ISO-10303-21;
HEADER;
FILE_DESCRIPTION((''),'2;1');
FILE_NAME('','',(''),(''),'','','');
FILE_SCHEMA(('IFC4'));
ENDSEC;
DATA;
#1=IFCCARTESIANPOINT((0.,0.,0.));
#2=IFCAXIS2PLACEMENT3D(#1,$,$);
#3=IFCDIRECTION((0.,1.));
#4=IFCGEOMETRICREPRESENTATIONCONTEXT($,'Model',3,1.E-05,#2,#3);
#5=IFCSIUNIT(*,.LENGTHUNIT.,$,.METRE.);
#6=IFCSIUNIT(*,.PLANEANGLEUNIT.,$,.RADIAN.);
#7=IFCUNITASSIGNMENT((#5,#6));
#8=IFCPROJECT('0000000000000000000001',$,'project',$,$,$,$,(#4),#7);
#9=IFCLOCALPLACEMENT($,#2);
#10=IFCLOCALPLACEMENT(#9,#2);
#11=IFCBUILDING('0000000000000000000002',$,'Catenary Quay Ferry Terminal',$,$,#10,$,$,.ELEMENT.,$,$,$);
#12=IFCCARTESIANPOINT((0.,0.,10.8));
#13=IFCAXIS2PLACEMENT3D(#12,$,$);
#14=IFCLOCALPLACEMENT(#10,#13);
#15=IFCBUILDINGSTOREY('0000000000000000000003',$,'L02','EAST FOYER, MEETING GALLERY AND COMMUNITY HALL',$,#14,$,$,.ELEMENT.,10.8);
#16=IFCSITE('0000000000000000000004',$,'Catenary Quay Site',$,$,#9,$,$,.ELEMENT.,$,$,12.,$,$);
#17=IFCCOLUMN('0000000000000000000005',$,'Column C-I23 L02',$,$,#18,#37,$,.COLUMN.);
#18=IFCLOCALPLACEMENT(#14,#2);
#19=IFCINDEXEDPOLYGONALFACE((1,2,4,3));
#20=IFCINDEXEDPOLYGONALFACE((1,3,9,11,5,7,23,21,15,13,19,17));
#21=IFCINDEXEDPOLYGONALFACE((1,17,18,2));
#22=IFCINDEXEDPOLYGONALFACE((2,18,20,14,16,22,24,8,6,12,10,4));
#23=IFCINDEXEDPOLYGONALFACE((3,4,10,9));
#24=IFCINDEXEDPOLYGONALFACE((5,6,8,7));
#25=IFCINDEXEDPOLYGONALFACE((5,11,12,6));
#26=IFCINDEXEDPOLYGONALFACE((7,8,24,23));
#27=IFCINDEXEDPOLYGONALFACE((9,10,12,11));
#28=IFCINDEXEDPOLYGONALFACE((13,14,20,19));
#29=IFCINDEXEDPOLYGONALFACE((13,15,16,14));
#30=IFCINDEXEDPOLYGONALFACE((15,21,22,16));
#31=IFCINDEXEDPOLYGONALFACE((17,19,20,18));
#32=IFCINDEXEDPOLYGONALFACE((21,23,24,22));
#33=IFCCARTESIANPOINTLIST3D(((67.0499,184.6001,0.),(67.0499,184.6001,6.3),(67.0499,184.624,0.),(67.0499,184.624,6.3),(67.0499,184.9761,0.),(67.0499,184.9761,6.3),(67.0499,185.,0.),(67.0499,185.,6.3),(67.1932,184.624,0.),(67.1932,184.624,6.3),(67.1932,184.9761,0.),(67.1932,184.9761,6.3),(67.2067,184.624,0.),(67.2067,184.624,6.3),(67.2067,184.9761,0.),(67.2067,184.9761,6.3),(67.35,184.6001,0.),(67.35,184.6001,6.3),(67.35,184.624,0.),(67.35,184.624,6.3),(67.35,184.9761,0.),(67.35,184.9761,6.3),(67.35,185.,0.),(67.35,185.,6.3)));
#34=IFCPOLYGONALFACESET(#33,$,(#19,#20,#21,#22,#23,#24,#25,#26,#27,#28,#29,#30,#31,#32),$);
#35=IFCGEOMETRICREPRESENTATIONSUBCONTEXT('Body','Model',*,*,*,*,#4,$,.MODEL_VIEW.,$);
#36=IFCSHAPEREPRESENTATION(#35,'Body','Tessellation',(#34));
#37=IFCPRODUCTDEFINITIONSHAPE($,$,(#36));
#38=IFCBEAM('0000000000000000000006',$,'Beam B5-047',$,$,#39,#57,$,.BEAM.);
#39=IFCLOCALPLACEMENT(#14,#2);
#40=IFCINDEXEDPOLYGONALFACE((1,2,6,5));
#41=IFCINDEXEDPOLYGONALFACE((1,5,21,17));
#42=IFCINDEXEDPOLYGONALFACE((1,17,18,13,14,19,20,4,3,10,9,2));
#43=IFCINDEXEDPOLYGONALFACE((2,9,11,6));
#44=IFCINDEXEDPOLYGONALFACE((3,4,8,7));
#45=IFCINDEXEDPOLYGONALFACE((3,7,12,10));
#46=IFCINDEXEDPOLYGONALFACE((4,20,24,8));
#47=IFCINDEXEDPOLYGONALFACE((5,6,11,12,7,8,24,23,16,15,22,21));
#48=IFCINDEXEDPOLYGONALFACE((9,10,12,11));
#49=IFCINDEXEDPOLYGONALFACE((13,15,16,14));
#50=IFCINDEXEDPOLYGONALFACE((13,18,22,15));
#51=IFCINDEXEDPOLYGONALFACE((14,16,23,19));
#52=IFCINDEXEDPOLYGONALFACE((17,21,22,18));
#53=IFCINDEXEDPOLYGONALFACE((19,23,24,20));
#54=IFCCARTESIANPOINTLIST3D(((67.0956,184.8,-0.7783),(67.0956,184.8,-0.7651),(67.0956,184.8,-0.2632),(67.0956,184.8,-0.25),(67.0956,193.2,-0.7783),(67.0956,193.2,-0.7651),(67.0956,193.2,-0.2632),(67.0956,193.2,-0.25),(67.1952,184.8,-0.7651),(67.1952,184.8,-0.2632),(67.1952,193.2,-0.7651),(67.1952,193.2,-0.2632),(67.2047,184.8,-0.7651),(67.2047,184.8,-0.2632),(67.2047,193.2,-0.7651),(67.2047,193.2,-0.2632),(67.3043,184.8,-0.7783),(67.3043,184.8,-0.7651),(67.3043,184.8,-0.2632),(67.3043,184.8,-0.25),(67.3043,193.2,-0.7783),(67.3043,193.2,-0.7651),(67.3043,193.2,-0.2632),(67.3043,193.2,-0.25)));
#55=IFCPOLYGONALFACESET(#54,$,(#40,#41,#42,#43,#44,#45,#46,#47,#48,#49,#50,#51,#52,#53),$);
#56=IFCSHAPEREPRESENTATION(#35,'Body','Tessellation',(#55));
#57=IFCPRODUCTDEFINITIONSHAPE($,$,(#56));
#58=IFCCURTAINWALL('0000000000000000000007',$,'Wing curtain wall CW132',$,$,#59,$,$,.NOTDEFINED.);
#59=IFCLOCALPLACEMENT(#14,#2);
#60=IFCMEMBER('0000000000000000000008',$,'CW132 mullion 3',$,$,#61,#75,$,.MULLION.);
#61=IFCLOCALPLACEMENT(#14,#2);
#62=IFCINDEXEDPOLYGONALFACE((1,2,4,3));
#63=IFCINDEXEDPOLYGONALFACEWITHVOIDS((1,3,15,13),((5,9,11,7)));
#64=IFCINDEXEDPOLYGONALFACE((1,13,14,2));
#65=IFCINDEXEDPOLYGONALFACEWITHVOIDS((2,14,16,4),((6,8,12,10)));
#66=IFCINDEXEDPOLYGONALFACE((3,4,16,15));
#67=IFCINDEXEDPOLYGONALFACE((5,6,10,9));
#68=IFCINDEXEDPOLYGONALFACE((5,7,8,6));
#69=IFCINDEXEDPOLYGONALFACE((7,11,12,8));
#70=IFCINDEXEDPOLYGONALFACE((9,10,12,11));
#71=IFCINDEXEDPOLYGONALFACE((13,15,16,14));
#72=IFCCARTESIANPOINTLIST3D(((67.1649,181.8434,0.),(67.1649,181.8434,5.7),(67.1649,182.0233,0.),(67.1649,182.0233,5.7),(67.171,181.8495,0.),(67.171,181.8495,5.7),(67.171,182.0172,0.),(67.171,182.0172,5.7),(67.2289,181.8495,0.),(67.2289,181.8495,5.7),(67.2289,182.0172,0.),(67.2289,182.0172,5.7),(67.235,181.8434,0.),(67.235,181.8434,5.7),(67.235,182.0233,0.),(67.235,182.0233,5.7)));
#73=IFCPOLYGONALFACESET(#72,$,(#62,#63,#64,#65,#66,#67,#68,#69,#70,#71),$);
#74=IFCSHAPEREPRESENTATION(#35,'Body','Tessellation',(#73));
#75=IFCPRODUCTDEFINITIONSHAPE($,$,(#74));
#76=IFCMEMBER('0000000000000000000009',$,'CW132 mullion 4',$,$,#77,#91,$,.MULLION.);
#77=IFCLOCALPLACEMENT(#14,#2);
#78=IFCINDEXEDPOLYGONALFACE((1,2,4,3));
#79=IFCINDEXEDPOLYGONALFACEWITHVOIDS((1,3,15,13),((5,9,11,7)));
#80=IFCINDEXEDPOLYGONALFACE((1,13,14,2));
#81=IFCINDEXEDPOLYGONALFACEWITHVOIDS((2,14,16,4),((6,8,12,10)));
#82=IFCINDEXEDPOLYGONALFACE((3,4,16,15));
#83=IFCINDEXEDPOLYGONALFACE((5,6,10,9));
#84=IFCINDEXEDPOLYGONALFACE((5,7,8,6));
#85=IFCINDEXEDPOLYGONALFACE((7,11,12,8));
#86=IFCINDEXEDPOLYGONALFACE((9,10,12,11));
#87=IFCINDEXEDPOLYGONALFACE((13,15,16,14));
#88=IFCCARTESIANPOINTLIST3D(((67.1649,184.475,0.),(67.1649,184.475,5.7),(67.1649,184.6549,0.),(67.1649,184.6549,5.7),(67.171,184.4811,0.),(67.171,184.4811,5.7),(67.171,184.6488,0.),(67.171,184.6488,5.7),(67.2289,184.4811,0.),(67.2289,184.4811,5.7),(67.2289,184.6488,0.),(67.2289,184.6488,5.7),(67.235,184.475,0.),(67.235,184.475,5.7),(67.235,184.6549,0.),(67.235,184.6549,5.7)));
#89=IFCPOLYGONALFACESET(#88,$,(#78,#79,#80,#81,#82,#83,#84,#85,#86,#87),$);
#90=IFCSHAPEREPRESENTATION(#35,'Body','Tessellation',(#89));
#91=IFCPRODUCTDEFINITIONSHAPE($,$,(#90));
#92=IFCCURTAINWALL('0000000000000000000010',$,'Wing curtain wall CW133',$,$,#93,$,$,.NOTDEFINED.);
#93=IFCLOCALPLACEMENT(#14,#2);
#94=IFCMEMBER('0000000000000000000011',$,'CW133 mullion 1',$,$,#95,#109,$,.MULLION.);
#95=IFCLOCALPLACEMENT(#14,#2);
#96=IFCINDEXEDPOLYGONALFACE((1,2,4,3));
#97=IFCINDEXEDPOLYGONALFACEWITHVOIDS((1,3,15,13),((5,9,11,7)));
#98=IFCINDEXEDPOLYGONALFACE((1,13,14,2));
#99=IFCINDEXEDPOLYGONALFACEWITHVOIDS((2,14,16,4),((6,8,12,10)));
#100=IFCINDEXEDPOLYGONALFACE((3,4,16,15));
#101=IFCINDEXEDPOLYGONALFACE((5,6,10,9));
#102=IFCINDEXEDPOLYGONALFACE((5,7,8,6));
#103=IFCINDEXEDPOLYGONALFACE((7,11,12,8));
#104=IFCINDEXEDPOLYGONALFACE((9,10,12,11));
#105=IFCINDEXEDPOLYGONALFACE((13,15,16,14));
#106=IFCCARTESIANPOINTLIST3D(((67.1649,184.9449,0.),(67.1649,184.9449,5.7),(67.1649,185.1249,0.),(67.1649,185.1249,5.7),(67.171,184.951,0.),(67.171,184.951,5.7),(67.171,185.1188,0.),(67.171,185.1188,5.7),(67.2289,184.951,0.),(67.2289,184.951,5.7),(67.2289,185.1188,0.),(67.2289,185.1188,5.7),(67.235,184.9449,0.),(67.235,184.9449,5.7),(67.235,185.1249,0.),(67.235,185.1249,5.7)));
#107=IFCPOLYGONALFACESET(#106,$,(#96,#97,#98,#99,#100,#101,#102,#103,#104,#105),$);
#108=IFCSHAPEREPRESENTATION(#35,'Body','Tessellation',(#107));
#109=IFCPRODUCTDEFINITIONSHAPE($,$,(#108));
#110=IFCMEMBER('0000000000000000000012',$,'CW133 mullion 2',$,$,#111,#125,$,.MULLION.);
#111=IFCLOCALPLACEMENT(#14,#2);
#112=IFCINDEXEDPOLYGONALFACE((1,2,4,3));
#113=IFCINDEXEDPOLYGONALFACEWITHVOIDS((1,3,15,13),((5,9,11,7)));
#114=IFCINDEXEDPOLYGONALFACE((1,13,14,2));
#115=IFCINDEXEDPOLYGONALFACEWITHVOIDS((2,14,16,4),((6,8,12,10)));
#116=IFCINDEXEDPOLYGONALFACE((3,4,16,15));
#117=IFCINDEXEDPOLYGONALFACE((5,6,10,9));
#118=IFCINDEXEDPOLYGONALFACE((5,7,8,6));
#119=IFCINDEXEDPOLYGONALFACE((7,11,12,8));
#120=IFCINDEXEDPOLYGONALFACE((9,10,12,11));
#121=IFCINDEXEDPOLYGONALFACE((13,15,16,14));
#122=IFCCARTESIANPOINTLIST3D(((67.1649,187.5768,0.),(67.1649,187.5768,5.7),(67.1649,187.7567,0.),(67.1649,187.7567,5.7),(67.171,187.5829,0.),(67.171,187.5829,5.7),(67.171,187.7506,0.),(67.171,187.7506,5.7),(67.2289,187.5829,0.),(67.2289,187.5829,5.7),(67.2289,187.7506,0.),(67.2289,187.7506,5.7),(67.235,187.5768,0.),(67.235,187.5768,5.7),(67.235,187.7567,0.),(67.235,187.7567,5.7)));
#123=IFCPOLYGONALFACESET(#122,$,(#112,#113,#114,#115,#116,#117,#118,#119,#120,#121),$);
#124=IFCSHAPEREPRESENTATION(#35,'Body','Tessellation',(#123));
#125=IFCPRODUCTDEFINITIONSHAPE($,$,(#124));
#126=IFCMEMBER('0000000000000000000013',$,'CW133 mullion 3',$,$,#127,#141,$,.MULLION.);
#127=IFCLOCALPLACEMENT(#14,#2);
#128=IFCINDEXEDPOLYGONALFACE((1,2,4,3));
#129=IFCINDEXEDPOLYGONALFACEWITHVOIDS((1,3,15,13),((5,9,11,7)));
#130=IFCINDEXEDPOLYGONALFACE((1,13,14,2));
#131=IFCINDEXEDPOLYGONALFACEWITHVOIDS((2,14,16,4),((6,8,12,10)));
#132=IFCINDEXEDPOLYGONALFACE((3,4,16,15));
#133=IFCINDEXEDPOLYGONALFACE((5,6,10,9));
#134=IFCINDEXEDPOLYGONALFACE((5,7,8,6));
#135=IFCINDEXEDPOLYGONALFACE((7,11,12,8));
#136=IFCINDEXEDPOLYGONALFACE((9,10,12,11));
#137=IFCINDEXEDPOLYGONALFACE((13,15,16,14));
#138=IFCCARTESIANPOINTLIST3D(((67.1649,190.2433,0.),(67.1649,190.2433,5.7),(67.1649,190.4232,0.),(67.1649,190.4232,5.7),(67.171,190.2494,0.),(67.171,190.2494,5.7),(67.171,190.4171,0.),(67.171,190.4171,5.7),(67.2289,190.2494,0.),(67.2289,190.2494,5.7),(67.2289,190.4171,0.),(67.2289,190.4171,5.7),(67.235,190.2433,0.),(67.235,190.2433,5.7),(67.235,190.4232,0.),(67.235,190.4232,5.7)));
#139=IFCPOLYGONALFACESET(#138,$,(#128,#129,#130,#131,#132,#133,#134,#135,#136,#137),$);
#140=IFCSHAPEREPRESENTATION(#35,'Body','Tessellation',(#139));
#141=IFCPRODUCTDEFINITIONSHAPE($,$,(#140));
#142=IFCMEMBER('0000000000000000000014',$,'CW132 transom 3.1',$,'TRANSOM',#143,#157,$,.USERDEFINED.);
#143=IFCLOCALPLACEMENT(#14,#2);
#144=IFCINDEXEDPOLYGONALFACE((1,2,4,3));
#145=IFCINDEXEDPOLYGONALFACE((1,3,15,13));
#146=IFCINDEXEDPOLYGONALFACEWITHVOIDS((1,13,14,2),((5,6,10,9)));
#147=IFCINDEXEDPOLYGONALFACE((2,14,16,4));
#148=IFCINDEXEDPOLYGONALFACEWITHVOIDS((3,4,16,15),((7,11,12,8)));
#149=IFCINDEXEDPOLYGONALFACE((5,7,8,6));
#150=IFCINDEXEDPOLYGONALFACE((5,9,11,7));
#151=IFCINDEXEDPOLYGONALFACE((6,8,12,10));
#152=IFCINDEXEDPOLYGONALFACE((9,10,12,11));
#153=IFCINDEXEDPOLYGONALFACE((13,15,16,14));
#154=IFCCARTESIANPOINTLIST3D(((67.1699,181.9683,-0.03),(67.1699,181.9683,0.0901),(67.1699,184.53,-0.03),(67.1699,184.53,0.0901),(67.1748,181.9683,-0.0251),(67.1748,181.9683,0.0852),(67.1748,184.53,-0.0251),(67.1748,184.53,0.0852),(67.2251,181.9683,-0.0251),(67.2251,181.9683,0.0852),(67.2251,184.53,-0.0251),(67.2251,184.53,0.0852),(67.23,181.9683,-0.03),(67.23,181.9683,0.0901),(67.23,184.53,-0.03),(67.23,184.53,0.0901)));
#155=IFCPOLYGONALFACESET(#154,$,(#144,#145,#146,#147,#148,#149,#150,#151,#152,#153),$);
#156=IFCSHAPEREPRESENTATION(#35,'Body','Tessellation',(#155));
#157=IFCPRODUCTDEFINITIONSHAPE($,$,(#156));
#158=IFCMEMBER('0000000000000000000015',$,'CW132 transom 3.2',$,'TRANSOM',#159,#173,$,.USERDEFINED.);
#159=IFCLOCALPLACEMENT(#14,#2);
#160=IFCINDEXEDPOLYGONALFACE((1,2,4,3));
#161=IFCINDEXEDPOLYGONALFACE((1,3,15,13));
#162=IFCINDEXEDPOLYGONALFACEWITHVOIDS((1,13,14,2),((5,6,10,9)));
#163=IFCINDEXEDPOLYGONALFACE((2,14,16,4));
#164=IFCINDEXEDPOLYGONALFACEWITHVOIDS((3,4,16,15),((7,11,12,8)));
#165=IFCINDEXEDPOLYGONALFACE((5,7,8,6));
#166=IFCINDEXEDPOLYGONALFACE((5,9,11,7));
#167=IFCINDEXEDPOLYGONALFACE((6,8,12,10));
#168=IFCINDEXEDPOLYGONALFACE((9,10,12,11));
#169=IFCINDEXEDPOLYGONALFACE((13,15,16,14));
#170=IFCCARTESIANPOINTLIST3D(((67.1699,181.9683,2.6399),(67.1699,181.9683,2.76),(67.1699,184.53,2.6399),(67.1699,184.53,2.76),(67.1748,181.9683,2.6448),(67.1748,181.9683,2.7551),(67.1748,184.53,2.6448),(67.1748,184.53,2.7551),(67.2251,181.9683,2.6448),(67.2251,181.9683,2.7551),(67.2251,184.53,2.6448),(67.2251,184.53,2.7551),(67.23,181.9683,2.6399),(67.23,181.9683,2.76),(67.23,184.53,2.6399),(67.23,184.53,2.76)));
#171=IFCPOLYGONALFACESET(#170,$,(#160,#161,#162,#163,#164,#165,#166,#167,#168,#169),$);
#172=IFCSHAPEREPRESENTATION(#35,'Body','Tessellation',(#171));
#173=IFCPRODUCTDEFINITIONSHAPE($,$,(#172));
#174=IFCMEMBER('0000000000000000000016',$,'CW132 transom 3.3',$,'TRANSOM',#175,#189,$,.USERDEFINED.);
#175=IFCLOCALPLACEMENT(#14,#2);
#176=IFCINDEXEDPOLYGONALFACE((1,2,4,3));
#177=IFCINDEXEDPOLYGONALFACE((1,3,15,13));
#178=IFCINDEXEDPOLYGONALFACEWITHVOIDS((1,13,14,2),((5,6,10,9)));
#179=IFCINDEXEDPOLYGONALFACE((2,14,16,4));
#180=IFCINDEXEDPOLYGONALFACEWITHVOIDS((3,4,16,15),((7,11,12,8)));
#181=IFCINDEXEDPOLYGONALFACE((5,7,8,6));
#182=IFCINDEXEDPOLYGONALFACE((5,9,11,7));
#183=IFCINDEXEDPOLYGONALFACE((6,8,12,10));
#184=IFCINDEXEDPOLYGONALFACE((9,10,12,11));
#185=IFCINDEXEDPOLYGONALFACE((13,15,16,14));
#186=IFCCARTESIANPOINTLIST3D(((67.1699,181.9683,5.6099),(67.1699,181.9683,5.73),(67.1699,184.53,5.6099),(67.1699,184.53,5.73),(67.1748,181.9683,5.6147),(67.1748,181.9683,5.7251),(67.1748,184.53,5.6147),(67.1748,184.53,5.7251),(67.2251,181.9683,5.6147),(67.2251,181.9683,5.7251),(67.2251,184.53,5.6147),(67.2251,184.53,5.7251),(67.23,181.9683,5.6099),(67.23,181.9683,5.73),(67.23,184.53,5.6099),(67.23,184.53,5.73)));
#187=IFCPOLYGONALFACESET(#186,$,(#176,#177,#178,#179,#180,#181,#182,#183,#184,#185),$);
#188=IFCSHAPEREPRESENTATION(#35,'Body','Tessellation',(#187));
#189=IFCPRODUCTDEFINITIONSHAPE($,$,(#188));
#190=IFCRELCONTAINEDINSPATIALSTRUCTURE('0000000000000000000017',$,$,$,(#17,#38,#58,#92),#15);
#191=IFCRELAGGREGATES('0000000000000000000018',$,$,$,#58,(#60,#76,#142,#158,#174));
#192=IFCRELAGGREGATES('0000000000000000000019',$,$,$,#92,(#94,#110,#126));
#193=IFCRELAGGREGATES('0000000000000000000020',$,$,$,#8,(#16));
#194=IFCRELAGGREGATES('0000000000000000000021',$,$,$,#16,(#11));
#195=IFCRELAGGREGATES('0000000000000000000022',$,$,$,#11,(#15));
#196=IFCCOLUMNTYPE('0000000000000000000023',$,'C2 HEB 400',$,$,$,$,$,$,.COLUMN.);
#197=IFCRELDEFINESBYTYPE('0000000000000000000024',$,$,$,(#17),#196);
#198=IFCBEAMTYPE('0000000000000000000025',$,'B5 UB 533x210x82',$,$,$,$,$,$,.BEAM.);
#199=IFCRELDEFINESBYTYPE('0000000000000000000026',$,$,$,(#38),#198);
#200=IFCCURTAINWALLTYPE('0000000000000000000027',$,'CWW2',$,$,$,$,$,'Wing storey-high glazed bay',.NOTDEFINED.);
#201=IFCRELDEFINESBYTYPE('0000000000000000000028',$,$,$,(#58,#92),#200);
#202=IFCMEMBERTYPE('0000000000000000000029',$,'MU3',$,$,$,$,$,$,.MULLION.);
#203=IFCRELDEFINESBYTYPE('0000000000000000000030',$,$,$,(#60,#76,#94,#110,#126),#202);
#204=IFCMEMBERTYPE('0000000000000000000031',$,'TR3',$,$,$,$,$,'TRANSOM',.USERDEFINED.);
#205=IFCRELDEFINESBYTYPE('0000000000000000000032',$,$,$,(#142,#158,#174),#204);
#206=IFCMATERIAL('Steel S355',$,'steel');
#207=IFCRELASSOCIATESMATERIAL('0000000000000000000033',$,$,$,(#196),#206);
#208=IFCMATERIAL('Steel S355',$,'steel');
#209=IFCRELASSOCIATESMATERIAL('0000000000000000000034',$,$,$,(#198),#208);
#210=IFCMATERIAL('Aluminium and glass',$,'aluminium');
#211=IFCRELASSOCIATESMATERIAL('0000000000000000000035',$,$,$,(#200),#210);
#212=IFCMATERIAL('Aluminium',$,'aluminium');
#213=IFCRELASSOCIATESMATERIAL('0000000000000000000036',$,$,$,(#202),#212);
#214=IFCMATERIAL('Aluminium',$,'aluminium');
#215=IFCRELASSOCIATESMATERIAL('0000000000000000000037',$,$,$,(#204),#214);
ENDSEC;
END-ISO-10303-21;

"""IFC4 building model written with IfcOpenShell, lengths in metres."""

from ifc_helpers import new_model, si_unit, direction, frame, origin, origin_2d, place, context, subcontext, project, spatial, hollow_rectangle, i_section, extrude, material, material_profile, profile_set, type_object, element, aggregate, save


model = new_model("IFC4")

# Units and contexts
model_context = context("Model", 3, precision=1e-05, world=origin(), true_north=direction((0.0, 1.0)))
body_context = subcontext(model_context, "Body", "Model", "MODEL_VIEW")
ifc_project = project(units=[si_unit("LENGTHUNIT", "METRE"), si_unit("PLANEANGLEUNIT", "RADIAN")], contexts=[model_context])

# Site, building, storey
site_placement = place(None, origin())
site = spatial("IfcSite", under=ifc_project, at=site_placement, Name="Catenary Quay Site", CompositionType="ELEMENT", RefElevation=12.0)
building_placement = place(site_placement, origin())
building = spatial("IfcBuilding", under=site, at=building_placement, Name="Catenary Quay Ferry Terminal", CompositionType="ELEMENT")
storey_placement = place(building_placement, frame((0.0, 0.0, 10.8)))
storey = spatial("IfcBuildingStorey", under=building, at=storey_placement, Name="L02", Description="EAST FOYER, MEETING GALLERY AND COMMUNITY HALL", CompositionType="ELEMENT", Elevation=10.8)

# Column
ifc_material_1 = material(Name="Steel S355", Category="steel")
ifc_material_profile_1 = material_profile(ifc_material_1, i_section(OverallWidth=0.3, OverallDepth=0.3999, WebThickness=0.0134, FlangeThickness=0.0239, at=origin_2d()), Name="HEB 400")
ifc_profile_set_1 = profile_set([ifc_material_profile_1], Name="Steel S355")
column_type = type_object("IfcColumnType", Name="C2 HEB 400", PredefinedType="COLUMN", material=ifc_profile_set_1)
column_placement = place(storey_placement, frame((67.2, 184.8, 0.0), z_axis=(0.0, 0.0, 1.0), x_axis=(1.0, 0.0, 0.0)))
element("IfcColumn", 1, at=column_placement, inside=storey, type_object=column_type, Name="Column C-I23 L02", PredefinedType="COLUMN", context=body_context, shape_type="SweptSolid", body=[
    extrude(i_section(OverallWidth=0.3, OverallDepth=0.3999, WebThickness=0.0134, FlangeThickness=0.0239, at=origin_2d()), origin(), (0.0, 0.0, 1.0), 6.3),
])

# Beam
ifc_material_2 = material(Name="Steel S355", Category="steel")
ifc_material_profile_2 = material_profile(ifc_material_2, i_section(OverallWidth=0.2087, OverallDepth=0.5283, WebThickness=0.0095, FlangeThickness=0.0132, at=origin_2d()), Name="UB 533x210x82")
ifc_profile_set_2 = profile_set([ifc_material_profile_2], Name="Steel S355")
beam_type = type_object("IfcBeamType", Name="B5 UB 533x210x82", PredefinedType="BEAM", material=ifc_profile_set_2)
beam_placement = place(storey_placement, frame((67.2, 184.8, -0.5142), z_axis=(0.0, 1.0, 0.0), x_axis=(-1.0, 0.0, 0.0)))
element("IfcBeam", 2, at=beam_placement, inside=storey, type_object=beam_type, Name="Beam B5-047", PredefinedType="BEAM", context=body_context, shape_type="SweptSolid", body=[
    extrude(i_section(OverallWidth=0.2087, OverallDepth=0.5283, WebThickness=0.0095, FlangeThickness=0.0132, at=origin_2d()), origin(), (0.0, 0.0, 1.0), 8.3999),
])

# Curtain walls, members
ifc_material_3 = material(Name="Aluminium and glass", Category="aluminium")
curtain_wall_type = type_object("IfcCurtainWallType", Name="CWW2", ElementType="Wing storey-high glazed bay", PredefinedType="NOTDEFINED", material=ifc_material_3)
curtain_wall_1_placement = place(storey_placement, origin())
curtain_wall_1 = element("IfcCurtainWall", 3, at=curtain_wall_1_placement, inside=storey, type_object=curtain_wall_type, Name="Wing curtain wall CW132", PredefinedType="NOTDEFINED")
ifc_material_4 = material(Name="Aluminium", Category="aluminium")
ifc_material_profile_3 = material_profile(ifc_material_4, hollow_rectangle(XDim=0.0701, YDim=0.1799, WallThickness=0.0061, at=origin_2d()), Name="MU3")
ifc_profile_set_3 = profile_set([ifc_material_profile_3], Name="Aluminium")
member_type_1 = type_object("IfcMemberType", Name="MU3", PredefinedType="MULLION", material=ifc_profile_set_3)
member_1_placement = place(storey_placement, frame((67.2, 181.9333, 0.0), z_axis=(0.0, 0.0, 1.0), x_axis=(-1.0, 0.0, 0.0)))
member_1 = element("IfcMember", 4, at=member_1_placement, type_object=member_type_1, Name="CW132 mullion 3", PredefinedType="MULLION", context=body_context, shape_type="SweptSolid", body=[
    extrude(hollow_rectangle(XDim=0.0701, YDim=0.1799, WallThickness=0.0061, at=origin_2d()), origin(), (0.0, 0.0, 1.0), 5.7),
])
member_2_placement = place(storey_placement, frame((67.2, 184.5649, 0.0), z_axis=(0.0, 0.0, 1.0), x_axis=(-1.0, 0.0, 0.0)))
member_2 = element("IfcMember", 5, at=member_2_placement, type_object=member_type_1, Name="CW132 mullion 4", PredefinedType="MULLION", context=body_context, shape_type="SweptSolid", body=[
    extrude(hollow_rectangle(XDim=0.0701, YDim=0.1799, WallThickness=0.0061, at=origin_2d()), origin(), (0.0, 0.0, 1.0), 5.7),
])
curtain_wall_2_placement = place(storey_placement, origin())
curtain_wall_2 = element("IfcCurtainWall", 6, at=curtain_wall_2_placement, inside=storey, type_object=curtain_wall_type, Name="Wing curtain wall CW133", PredefinedType="NOTDEFINED")
member_3_placement = place(storey_placement, frame((67.2, 185.0349, 0.0), z_axis=(0.0, 0.0, 1.0), x_axis=(-1.0, 0.0, 0.0)))
member_3 = element("IfcMember", 7, at=member_3_placement, type_object=member_type_1, Name="CW133 mullion 1", PredefinedType="MULLION", context=body_context, shape_type="SweptSolid", body=[
    extrude(hollow_rectangle(XDim=0.0701, YDim=0.1799, WallThickness=0.0061, at=origin_2d()), origin(), (0.0, 0.0, 1.0), 5.7),
])
member_4_placement = place(storey_placement, frame((67.2, 187.6667, 0.0), z_axis=(0.0, 0.0, 1.0), x_axis=(-1.0, 0.0, 0.0)))
member_4 = element("IfcMember", 8, at=member_4_placement, type_object=member_type_1, Name="CW133 mullion 2", PredefinedType="MULLION", context=body_context, shape_type="SweptSolid", body=[
    extrude(hollow_rectangle(XDim=0.0701, YDim=0.1799, WallThickness=0.0061, at=origin_2d()), origin(), (0.0, 0.0, 1.0), 5.7),
])
member_5_placement = place(storey_placement, frame((67.2, 190.3333, 0.0), z_axis=(0.0, 0.0, 1.0), x_axis=(-1.0, 0.0, 0.0)))
member_5 = element("IfcMember", 9, at=member_5_placement, type_object=member_type_1, Name="CW133 mullion 3", PredefinedType="MULLION", context=body_context, shape_type="SweptSolid", body=[
    extrude(hollow_rectangle(XDim=0.0701, YDim=0.1799, WallThickness=0.0061, at=origin_2d()), origin(), (0.0, 0.0, 1.0), 5.7),
])

# Members
ifc_material_5 = material(Name="Aluminium", Category="aluminium")
ifc_material_profile_4 = material_profile(ifc_material_5, hollow_rectangle(XDim=0.0601, YDim=0.1201, WallThickness=0.0049, at=origin_2d()), Name="TR3")
ifc_profile_set_4 = profile_set([ifc_material_profile_4], Name="Aluminium")
member_type_2 = type_object("IfcMemberType", Name="TR3", ElementType="TRANSOM", PredefinedType="USERDEFINED", material=ifc_profile_set_4)
member_6_placement = place(storey_placement, frame((67.2, 181.9683, 0.03), z_axis=(0.0, 1.0, 0.0), x_axis=(-1.0, 0.0, 0.0)))
member_6 = element("IfcMember", 10, at=member_6_placement, type_object=member_type_2, Name="CW132 transom 3.1", ObjectType="TRANSOM", PredefinedType="USERDEFINED", context=body_context, shape_type="SweptSolid", body=[
    extrude(hollow_rectangle(XDim=0.0601, YDim=0.1201, WallThickness=0.0049, at=origin_2d()), origin(), (0.0, 0.0, 1.0), 2.5618),
])
member_7_placement = place(storey_placement, frame((67.2, 181.9683, 2.7), z_axis=(0.0, 1.0, 0.0), x_axis=(-1.0, 0.0, 0.0)))
member_7 = element("IfcMember", 11, at=member_7_placement, type_object=member_type_2, Name="CW132 transom 3.2", ObjectType="TRANSOM", PredefinedType="USERDEFINED", context=body_context, shape_type="SweptSolid", body=[
    extrude(hollow_rectangle(XDim=0.0601, YDim=0.1201, WallThickness=0.0049, at=origin_2d()), origin(), (0.0, 0.0, 1.0), 2.5618),
])
member_8_placement = place(storey_placement, frame((67.2, 181.9683, 5.6699), z_axis=(0.0, 1.0, 0.0), x_axis=(-1.0, 0.0, 0.0)))
member_8 = element("IfcMember", 12, at=member_8_placement, type_object=member_type_2, Name="CW132 transom 3.3", ObjectType="TRANSOM", PredefinedType="USERDEFINED", context=body_context, shape_type="SweptSolid", body=[
    extrude(hollow_rectangle(XDim=0.0601, YDim=0.1201, WallThickness=0.0049, at=origin_2d()), origin(), (0.0, 0.0, 1.0), 2.5618),
])

aggregate(curtain_wall_1, [member_1, member_2, member_6, member_7, member_8])
aggregate(curtain_wall_2, [member_3, member_4, member_5])

save(model, "model.ifc")
